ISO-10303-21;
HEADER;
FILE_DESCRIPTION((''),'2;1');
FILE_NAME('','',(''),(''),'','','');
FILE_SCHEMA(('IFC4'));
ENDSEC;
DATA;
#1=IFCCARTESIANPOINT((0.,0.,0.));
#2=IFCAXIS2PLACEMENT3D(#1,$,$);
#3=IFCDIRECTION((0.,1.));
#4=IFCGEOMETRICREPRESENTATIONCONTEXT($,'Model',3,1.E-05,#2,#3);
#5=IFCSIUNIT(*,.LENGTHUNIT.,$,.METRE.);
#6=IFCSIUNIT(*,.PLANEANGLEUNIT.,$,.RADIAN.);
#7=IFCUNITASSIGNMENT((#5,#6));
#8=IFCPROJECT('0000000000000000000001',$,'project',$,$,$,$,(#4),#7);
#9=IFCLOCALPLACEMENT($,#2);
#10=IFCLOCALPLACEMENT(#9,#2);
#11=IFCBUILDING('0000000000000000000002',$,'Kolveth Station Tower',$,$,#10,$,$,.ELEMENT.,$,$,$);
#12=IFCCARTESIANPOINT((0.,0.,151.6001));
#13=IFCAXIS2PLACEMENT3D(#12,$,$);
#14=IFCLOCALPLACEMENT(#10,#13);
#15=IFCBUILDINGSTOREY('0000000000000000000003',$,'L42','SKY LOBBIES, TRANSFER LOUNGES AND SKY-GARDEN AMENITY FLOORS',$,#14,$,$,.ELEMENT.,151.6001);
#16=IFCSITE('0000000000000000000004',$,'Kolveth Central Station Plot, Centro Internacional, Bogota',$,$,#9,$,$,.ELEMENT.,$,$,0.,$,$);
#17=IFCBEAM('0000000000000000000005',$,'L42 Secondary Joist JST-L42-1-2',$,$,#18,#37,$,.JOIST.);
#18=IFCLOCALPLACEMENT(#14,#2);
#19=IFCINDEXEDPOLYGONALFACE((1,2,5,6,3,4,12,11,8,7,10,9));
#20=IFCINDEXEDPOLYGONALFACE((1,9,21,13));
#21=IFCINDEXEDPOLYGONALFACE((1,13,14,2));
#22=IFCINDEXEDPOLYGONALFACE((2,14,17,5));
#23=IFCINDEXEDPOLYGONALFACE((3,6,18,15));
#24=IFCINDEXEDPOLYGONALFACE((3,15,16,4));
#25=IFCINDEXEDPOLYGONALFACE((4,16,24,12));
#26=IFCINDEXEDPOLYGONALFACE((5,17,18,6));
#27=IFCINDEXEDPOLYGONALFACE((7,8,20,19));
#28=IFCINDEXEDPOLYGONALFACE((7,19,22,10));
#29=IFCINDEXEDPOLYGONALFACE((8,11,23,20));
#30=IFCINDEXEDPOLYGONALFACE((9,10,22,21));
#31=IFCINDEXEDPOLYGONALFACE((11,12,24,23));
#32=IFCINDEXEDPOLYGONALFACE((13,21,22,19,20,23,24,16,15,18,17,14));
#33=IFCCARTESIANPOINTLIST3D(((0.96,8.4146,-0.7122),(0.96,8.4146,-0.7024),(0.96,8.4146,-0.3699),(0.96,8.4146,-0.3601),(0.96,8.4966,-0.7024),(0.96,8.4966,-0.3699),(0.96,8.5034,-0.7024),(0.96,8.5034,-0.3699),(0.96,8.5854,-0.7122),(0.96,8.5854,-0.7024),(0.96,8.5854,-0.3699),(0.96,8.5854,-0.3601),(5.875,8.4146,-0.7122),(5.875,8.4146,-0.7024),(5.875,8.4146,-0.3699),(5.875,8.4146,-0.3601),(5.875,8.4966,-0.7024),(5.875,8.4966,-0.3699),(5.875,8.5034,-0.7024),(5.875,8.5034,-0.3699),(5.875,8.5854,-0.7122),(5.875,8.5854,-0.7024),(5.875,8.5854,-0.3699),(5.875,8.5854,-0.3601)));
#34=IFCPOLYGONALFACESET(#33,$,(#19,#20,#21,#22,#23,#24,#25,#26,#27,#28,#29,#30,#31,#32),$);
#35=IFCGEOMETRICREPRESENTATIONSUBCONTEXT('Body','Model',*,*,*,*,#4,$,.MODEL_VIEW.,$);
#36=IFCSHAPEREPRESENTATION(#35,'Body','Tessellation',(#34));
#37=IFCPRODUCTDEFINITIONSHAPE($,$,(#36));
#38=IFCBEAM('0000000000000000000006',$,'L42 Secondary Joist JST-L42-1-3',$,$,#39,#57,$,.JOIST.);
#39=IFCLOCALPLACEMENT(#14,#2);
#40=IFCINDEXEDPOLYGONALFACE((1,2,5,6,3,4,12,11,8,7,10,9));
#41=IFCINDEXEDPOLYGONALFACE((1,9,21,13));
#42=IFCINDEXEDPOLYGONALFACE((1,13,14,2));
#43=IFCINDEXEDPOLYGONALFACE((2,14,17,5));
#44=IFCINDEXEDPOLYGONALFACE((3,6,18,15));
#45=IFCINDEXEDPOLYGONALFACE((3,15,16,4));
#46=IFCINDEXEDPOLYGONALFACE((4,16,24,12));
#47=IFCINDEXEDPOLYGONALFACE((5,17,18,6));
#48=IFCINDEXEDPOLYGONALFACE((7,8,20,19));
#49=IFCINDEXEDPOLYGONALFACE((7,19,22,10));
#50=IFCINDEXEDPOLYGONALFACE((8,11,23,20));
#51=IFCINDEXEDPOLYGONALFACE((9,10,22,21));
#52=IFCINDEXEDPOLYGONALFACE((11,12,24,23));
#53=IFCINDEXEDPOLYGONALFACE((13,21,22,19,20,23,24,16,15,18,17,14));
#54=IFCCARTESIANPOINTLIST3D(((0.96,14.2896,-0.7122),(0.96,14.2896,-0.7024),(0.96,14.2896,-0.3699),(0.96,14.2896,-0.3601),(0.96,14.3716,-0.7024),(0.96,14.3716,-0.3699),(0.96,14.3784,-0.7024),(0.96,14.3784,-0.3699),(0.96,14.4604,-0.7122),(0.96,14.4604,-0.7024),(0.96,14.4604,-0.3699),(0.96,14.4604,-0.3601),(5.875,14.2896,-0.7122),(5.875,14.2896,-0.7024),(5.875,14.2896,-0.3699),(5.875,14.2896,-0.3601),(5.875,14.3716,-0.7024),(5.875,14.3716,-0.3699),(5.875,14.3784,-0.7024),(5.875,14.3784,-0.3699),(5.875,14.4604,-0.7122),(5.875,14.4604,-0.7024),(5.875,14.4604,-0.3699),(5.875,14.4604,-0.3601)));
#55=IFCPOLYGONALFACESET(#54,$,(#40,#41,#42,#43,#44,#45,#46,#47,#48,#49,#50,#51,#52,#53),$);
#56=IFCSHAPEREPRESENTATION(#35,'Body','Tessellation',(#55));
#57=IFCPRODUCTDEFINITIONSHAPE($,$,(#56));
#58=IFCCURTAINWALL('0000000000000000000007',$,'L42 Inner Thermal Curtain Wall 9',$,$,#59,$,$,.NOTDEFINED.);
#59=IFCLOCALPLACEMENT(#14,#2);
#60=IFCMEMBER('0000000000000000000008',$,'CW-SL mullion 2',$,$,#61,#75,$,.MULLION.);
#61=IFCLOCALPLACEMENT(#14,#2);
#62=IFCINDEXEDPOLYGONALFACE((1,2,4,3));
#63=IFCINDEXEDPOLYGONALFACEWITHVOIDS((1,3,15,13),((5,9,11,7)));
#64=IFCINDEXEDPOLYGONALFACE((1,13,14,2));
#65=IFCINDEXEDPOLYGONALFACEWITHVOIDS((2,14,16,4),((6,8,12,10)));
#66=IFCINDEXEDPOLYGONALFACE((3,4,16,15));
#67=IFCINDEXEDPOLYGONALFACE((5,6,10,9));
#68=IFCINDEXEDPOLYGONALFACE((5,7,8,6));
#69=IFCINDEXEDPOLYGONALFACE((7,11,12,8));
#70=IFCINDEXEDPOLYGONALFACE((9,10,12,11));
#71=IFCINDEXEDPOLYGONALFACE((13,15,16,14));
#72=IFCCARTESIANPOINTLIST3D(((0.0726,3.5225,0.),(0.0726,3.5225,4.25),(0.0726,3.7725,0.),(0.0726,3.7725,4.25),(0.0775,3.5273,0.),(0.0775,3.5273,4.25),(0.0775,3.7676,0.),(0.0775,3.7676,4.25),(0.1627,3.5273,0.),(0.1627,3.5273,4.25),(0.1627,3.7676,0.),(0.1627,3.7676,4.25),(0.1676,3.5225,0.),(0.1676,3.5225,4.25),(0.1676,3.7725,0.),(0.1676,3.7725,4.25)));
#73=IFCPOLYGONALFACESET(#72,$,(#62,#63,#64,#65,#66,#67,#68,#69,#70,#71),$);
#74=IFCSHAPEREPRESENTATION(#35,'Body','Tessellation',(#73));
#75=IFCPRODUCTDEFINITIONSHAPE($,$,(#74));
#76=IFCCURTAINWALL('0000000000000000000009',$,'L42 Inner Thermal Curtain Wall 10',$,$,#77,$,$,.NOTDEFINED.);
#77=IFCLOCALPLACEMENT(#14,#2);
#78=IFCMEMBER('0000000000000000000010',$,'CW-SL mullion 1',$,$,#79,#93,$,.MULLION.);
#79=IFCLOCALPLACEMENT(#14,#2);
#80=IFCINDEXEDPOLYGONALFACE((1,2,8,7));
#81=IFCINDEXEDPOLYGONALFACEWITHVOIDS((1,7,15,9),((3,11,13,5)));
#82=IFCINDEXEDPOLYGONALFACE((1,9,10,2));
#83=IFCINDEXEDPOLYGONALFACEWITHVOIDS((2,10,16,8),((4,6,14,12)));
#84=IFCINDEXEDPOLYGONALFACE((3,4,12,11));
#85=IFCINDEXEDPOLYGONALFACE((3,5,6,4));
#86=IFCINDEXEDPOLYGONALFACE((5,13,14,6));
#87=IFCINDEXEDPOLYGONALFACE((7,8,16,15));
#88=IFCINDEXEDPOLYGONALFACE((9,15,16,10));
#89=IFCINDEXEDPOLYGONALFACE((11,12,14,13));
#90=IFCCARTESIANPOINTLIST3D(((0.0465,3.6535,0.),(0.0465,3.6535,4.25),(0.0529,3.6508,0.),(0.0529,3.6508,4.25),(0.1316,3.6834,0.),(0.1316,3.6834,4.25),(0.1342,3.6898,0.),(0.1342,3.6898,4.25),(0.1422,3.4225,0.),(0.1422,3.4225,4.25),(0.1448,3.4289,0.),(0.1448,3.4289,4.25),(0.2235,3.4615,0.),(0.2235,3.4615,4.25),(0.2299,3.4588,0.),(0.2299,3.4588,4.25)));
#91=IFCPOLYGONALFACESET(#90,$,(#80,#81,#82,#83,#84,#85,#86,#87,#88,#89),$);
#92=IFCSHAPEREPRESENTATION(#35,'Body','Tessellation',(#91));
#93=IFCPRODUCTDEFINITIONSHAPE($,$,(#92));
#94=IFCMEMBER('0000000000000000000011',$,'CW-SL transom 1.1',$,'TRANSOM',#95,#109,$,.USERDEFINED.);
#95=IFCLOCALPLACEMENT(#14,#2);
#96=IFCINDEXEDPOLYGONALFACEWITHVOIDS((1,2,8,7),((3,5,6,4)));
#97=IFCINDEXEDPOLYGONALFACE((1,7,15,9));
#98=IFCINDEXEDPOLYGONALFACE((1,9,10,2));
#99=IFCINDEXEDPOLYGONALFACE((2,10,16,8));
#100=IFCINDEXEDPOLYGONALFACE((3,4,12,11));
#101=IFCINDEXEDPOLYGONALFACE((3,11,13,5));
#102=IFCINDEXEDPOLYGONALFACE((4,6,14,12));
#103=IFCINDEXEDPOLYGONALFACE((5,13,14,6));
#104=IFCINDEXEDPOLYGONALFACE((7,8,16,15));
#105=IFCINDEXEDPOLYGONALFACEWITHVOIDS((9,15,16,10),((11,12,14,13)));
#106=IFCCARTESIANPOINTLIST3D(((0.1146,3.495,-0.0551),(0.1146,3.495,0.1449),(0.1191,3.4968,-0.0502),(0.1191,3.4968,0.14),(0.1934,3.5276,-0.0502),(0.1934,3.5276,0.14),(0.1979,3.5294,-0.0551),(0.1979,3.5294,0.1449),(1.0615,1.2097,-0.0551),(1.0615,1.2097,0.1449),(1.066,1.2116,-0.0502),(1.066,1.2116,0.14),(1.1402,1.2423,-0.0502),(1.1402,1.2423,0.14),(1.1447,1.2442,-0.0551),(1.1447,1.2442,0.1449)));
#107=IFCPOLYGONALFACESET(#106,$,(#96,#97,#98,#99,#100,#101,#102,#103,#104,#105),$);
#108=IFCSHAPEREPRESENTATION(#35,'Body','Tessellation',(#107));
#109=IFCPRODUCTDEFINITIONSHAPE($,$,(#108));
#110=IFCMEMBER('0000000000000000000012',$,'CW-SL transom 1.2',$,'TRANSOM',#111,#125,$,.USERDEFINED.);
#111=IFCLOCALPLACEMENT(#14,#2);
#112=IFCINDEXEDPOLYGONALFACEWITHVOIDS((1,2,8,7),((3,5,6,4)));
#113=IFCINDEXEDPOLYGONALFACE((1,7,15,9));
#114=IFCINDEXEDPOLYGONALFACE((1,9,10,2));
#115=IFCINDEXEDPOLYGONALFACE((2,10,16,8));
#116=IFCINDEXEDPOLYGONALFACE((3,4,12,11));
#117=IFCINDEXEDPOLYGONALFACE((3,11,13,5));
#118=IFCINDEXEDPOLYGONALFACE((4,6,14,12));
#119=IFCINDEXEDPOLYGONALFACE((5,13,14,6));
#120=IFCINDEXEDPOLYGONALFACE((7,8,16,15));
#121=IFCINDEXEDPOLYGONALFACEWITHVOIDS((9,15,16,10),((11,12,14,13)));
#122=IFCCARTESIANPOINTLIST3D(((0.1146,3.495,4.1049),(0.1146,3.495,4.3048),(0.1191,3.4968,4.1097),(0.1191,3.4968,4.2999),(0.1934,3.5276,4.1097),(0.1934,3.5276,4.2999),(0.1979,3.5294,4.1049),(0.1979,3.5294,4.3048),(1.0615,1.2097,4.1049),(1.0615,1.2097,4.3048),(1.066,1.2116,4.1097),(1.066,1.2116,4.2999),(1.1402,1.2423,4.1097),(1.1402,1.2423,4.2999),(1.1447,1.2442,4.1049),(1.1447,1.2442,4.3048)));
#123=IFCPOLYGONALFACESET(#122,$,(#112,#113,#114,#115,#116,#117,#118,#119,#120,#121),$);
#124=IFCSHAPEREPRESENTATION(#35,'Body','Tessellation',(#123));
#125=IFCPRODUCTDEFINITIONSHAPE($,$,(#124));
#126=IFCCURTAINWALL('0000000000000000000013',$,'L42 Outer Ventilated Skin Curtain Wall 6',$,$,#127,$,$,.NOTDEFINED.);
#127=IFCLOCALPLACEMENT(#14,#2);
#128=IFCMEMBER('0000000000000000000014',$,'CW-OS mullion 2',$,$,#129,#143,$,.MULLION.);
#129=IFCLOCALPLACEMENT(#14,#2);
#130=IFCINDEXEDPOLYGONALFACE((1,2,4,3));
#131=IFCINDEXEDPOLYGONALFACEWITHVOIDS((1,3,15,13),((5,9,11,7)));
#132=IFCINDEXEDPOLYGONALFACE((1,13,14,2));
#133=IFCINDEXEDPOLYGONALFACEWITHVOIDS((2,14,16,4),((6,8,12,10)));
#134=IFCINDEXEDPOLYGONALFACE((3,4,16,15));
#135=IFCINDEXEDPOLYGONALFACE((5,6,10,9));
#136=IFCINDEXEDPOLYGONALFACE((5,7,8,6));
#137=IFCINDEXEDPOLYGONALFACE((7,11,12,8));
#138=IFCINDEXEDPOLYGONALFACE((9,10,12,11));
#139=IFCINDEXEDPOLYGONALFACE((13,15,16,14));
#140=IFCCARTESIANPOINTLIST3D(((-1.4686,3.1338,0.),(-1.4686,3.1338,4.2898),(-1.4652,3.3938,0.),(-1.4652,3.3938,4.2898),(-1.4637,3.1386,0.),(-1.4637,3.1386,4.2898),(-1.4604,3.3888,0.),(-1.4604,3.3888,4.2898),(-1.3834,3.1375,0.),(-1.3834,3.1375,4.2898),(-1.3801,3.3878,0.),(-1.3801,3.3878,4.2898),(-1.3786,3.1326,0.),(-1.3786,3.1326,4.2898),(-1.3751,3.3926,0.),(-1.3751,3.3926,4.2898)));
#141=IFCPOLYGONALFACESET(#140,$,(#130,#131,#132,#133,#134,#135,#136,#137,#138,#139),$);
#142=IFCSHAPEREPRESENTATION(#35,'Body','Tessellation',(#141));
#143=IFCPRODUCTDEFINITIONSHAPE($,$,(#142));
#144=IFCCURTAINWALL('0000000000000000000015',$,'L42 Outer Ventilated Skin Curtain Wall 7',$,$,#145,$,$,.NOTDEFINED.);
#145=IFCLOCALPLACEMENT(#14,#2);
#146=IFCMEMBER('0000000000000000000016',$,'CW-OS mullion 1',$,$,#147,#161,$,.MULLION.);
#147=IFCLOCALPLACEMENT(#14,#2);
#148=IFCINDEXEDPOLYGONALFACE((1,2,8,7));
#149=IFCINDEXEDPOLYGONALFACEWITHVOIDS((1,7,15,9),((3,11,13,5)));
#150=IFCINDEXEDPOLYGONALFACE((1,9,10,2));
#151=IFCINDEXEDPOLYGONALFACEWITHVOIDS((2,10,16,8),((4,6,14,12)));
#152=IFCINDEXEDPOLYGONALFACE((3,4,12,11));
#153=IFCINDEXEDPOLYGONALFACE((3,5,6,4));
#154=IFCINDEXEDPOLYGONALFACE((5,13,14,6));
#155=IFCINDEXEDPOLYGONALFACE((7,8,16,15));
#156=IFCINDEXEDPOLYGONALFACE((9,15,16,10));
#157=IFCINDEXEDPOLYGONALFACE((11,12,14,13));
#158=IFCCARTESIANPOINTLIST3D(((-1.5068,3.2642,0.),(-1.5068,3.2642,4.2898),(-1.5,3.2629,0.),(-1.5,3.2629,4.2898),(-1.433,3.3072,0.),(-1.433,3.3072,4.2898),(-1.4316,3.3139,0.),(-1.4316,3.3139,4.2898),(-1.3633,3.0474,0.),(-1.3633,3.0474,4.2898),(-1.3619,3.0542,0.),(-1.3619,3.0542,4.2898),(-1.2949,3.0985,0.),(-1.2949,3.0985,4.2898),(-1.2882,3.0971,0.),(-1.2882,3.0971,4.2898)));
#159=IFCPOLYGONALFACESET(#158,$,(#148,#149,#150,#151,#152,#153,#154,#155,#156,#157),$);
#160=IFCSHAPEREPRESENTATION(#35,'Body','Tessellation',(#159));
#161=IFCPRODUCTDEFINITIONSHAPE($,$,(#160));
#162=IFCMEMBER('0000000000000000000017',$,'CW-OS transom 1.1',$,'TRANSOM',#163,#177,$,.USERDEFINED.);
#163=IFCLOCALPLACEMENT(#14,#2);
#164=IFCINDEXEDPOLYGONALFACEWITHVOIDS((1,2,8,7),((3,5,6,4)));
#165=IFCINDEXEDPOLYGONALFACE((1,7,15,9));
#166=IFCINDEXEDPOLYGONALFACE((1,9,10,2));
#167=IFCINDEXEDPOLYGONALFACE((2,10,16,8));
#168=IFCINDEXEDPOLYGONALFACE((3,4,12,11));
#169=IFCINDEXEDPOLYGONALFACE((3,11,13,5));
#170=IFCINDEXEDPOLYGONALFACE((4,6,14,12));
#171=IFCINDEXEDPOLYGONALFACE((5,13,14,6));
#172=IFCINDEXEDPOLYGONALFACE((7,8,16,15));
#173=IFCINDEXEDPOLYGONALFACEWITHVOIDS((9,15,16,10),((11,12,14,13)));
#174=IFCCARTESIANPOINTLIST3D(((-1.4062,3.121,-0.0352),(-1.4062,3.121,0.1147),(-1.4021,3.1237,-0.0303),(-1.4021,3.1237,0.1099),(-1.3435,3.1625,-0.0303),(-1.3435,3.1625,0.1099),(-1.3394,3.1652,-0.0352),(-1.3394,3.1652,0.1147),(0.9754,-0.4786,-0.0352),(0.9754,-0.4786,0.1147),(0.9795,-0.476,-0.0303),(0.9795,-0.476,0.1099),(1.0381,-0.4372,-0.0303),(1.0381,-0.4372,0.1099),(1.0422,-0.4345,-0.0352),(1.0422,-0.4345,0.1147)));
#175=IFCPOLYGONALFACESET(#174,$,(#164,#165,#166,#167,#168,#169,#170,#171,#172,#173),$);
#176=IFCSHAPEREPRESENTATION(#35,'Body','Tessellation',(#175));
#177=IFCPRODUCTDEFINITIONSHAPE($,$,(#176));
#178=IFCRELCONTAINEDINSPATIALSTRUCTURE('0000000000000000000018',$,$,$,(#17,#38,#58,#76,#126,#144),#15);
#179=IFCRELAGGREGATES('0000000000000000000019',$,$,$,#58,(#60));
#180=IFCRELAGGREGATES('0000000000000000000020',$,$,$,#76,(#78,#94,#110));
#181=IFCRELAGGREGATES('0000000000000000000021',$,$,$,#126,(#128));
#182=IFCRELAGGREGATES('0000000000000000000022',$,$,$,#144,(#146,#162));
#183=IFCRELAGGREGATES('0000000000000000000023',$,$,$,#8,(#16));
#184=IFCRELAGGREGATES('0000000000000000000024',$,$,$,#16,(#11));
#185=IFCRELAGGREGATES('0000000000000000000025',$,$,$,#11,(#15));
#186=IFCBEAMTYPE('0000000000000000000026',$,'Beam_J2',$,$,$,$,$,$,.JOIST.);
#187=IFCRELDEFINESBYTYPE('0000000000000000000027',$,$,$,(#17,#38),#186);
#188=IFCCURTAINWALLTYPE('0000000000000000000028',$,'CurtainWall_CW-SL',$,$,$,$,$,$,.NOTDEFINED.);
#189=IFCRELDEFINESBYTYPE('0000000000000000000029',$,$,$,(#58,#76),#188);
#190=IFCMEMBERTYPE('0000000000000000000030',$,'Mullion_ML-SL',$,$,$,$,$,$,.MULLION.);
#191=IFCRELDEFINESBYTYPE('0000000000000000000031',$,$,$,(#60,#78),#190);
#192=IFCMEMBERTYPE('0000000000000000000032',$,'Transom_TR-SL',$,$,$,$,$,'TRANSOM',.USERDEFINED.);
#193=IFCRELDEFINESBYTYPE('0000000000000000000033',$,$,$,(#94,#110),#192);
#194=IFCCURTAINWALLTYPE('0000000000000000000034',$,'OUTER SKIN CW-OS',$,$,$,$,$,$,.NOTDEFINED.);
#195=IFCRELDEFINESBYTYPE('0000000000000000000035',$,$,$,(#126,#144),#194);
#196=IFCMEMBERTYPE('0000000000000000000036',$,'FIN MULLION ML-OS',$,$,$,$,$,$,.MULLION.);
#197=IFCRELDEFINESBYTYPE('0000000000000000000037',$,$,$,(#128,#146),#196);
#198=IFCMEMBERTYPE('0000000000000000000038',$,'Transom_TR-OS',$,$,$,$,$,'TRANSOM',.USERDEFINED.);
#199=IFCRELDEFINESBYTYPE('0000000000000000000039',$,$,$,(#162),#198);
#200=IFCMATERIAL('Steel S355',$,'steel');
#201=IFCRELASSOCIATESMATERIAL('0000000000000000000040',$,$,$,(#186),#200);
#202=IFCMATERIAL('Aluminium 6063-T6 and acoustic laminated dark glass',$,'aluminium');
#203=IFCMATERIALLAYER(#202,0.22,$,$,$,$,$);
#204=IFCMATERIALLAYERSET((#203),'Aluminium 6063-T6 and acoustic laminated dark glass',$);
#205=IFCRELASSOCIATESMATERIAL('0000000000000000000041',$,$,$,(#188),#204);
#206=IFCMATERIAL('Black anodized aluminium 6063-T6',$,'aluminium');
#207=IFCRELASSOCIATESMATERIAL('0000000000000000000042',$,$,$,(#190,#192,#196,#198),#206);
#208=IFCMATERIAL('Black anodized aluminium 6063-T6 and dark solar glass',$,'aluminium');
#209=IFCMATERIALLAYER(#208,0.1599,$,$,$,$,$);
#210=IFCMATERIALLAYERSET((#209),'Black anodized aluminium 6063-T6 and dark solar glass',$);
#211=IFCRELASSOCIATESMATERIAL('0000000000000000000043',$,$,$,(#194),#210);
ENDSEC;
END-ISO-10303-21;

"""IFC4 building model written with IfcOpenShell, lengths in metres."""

from ifc_helpers import new_model, si_unit, direction, frame, origin, origin_2d, place, context, subcontext, project, spatial, hollow_rectangle, i_section, extrude, source, transform, mapped, material, layer, layer_set, material_profile, profile_set, type_object, element, aggregate, save


model = new_model("IFC4")

# Units and contexts
model_context = context("Model", 3, precision=1e-05, world=origin(), true_north=direction((0.0, 1.0)))
body_context = subcontext(model_context, "Body", "Model", "MODEL_VIEW")
ifc_project = project(units=[si_unit("LENGTHUNIT", "METRE"), si_unit("PLANEANGLEUNIT", "RADIAN")], contexts=[model_context])

# Site, building, storey
site_placement = place(None, origin())
site = spatial("IfcSite", under=ifc_project, at=site_placement, Name="Kolveth Central Station Plot, Centro Internacional, Bogota", CompositionType="ELEMENT", RefElevation=0.0)
building_placement = place(site_placement, origin())
building = spatial("IfcBuilding", under=site, at=building_placement, Name="Kolveth Station Tower", CompositionType="ELEMENT")
storey_placement = place(building_placement, frame((0.0, 0.0, 151.6001)))
storey = spatial("IfcBuildingStorey", under=building, at=storey_placement, Name="L42", Description="SKY LOBBIES, TRANSFER LOUNGES AND SKY-GARDEN AMENITY FLOORS", CompositionType="ELEMENT", Elevation=151.6001)

# Shared definitions
ifc_material_1 = material(Name="Steel S355", Category="steel")

# Beams
ifc_material_profile_1 = material_profile(ifc_material_1, i_section(OverallWidth=0.1709, OverallDepth=0.3521, WebThickness=0.0068, FlangeThickness=0.0098, at=origin_2d()), Name="W360x44")
ifc_profile_set_1 = profile_set([ifc_material_profile_1], Name="Steel S355")
beam_type_1 = type_object("IfcBeamType", Name="Beam_J2", PredefinedType="JOIST", material=ifc_profile_set_1)
shared_shape_1 = source(origin(), body_context, "Body", "SweptSolid", [
    extrude(i_section(OverallWidth=0.1709, OverallDepth=0.3521, WebThickness=0.0068, FlangeThickness=0.0098, at=origin_2d()), origin(), (0.0, 0.0, 1.0), 4.915),
])
for number, where, z_axis, x_axis, name in (
    (1, (0.96, 8.5, -0.5361), (1.0, 0.0, 0.0), (0.0, 1.0, 0.0), "L42 Secondary Joist JST-L42-1-2"),
    (2, (0.96, 14.375, -0.5361), (1.0, 0.0, 0.0), (0.0, 1.0, 0.0), "L42 Secondary Joist JST-L42-1-3"),
):
    element("IfcBeam", number, at=place(storey_placement, frame(where, z_axis=z_axis, x_axis=x_axis)), inside=storey, type_object=beam_type_1, Name=name, PredefinedType="JOIST", context=body_context, shape_type="MappedRepresentation", body=[
        mapped(shared_shape_1, transform((0.0, 0.0, 0.0), x_axis=(1.0, 0.0, 0.0), y_axis=(0.0, 1.0, 0.0), z_axis=(0.0, 0.0, 1.0), scale=1.0)),
    ])

# Curtain wall, member
ifc_material_2 = material(Name="Aluminium 6063-T6 and acoustic laminated dark glass", Category="aluminium")
ifc_layer_1 = layer(ifc_material_2, 0.22)
ifc_layer_set_1 = layer_set([ifc_layer_1], Name="Aluminium 6063-T6 and acoustic laminated dark glass")
curtain_wall_type_1 = type_object("IfcCurtainWallType", Name="CurtainWall_CW-SL", PredefinedType="NOTDEFINED", material=ifc_layer_set_1)
curtain_wall_1_placement = place(storey_placement, origin())
curtain_wall_1 = element("IfcCurtainWall", 3, at=curtain_wall_1_placement, inside=storey, type_object=curtain_wall_type_1, Name="L42 Inner Thermal Curtain Wall 9", PredefinedType="NOTDEFINED")
ifc_material_3 = material(Name="Black anodized aluminium 6063-T6", Category="aluminium")
ifc_material_profile_2 = material_profile(ifc_material_3, hollow_rectangle(XDim=0.095, YDim=0.25, WallThickness=0.0049, at=origin_2d()), Name="ALU-95x250x5")
ifc_profile_set_2 = profile_set([ifc_material_profile_2], Name="Black anodized aluminium 6063-T6")
member_type_1 = type_object("IfcMemberType", Name="Mullion_ML-SL", PredefinedType="MULLION", material=ifc_profile_set_2)
shared_shape_2 = source(origin(), body_context, "Body", "SweptSolid", [
    extrude(hollow_rectangle(XDim=0.095, YDim=0.25, WallThickness=0.0049, at=origin_2d()), origin(), (0.0, 0.0, 1.0), 4.25),
])
member_1_placement = place(storey_placement, frame((0.1201, 3.6475, 0.0), z_axis=(0.0, 0.0, 1.0), x_axis=(1.0, 0.0, 0.0)))
member_1 = element("IfcMember", 4, at=member_1_placement, type_object=member_type_1, Name="CW-SL mullion 2", PredefinedType="MULLION", context=body_context, shape_type="MappedRepresentation", body=[
    mapped(shared_shape_2, transform((0.0, 0.0, 0.0), x_axis=(1.0, 0.0, 0.0), y_axis=(0.0, 1.0, 0.0), z_axis=(0.0, 0.0, 1.0), scale=1.0)),
])
aggregate(curtain_wall_1, [member_1])

# Curtain wall, members
curtain_wall_2_placement = place(storey_placement, origin())
curtain_wall_2 = element("IfcCurtainWall", 5, at=curtain_wall_2_placement, inside=storey, type_object=curtain_wall_type_1, Name="L42 Inner Thermal Curtain Wall 10", PredefinedType="NOTDEFINED")
member_2_placement = place(storey_placement, frame((0.1382, 3.5562, 0.0), z_axis=(0.0, 0.0, 1.0), x_axis=(0.923874, 0.382698, 0.0)))
member_2 = element("IfcMember", 6, at=member_2_placement, type_object=member_type_1, Name="CW-SL mullion 1", PredefinedType="MULLION", context=body_context, shape_type="MappedRepresentation", body=[
    mapped(shared_shape_2, transform((0.0, 0.0, 0.0), x_axis=(1.0, 0.0, 0.0), y_axis=(0.0, 1.0, 0.0), z_axis=(0.0, 0.0, 1.0), scale=1.0)),
])
ifc_material_profile_3 = material_profile(ifc_material_3, hollow_rectangle(XDim=0.0901, YDim=0.2, WallThickness=0.0049, at=origin_2d()), Name="ALU-90x200x5")
ifc_profile_set_3 = profile_set([ifc_material_profile_3], Name="Black anodized aluminium 6063-T6")
member_type_2 = type_object("IfcMemberType", Name="Transom_TR-SL", ElementType="TRANSOM", PredefinedType="USERDEFINED", material=ifc_profile_set_3)
shared_shape_3 = source(origin(), body_context, "Body", "SweptSolid", [
    extrude(hollow_rectangle(XDim=0.0901, YDim=0.2, WallThickness=0.0049, at=origin_2d()), origin(), (0.0, 0.0, 1.0), 2.4736),
])
member_3_placement = place(storey_placement, frame((0.1562, 3.5122, 0.0449), z_axis=(0.382764, -0.923846, 0.0), x_axis=(0.923846, 0.382764, 0.0)))
member_3 = element("IfcMember", 7, at=member_3_placement, type_object=member_type_2, Name="CW-SL transom 1.1", ObjectType="TRANSOM", PredefinedType="USERDEFINED", context=body_context, shape_type="MappedRepresentation", body=[
    mapped(shared_shape_3, transform((0.0, 0.0, 0.0), x_axis=(1.0, 0.0, 0.0), y_axis=(0.0, 1.0, 0.0), z_axis=(0.0, 0.0, 1.0), scale=1.0)),
])
member_4_placement = place(storey_placement, frame((0.1562, 3.5122, 4.2048), z_axis=(0.382764, -0.923846, 0.0), x_axis=(0.923846, 0.382764, 0.0)))
member_4 = element("IfcMember", 8, at=member_4_placement, type_object=member_type_2, Name="CW-SL transom 1.2", ObjectType="TRANSOM", PredefinedType="USERDEFINED", context=body_context, shape_type="MappedRepresentation", body=[
    mapped(shared_shape_3, transform((0.0, 0.0, 0.0), x_axis=(1.0, 0.0, 0.0), y_axis=(0.0, 1.0, 0.0), z_axis=(0.0, 0.0, 1.0), scale=1.0)),
])
aggregate(curtain_wall_2, [member_2, member_3, member_4])

# Curtain wall, member
ifc_material_4 = material(Name="Black anodized aluminium 6063-T6 and dark solar glass", Category="aluminium")
ifc_layer_2 = layer(ifc_material_4, 0.1599)
ifc_layer_set_2 = layer_set([ifc_layer_2], Name="Black anodized aluminium 6063-T6 and dark solar glass")
curtain_wall_type_2 = type_object("IfcCurtainWallType", Name="OUTER SKIN CW-OS", PredefinedType="NOTDEFINED", material=ifc_layer_set_2)
curtain_wall_3_placement = place(storey_placement, origin())
curtain_wall_3 = element("IfcCurtainWall", 9, at=curtain_wall_3_placement, inside=storey, type_object=curtain_wall_type_2, Name="L42 Outer Ventilated Skin Curtain Wall 6", PredefinedType="NOTDEFINED")
ifc_material_profile_4 = material_profile(ifc_material_3, hollow_rectangle(XDim=0.0901, YDim=0.26, WallThickness=0.0049, at=origin_2d()), Name="ALU-90x260x5")
ifc_profile_set_4 = profile_set([ifc_material_profile_4], Name="Black anodized aluminium 6063-T6")
member_type_3 = type_object("IfcMemberType", Name="FIN MULLION ML-OS", PredefinedType="MULLION", material=ifc_profile_set_4)
shared_shape_4 = source(origin(), body_context, "Body", "SweptSolid", [
    extrude(hollow_rectangle(XDim=0.0901, YDim=0.26, WallThickness=0.0049, at=origin_2d()), origin(), (0.0, 0.0, 1.0), 4.2898),
])
member_5_placement = place(storey_placement, frame((-1.4219, 3.2632, 0.0), z_axis=(0.0, 0.0, 1.0), x_axis=(0.999912, -0.013245, 0.0)))
member_5 = element("IfcMember", 10, at=member_5_placement, type_object=member_type_3, Name="CW-OS mullion 2", PredefinedType="MULLION", context=body_context, shape_type="MappedRepresentation", body=[
    mapped(shared_shape_4, transform((0.0, 0.0, 0.0), x_axis=(1.0, 0.0, 0.0), y_axis=(0.0, 1.0, 0.0), z_axis=(0.0, 0.0, 1.0), scale=1.0)),
])
aggregate(curtain_wall_3, [member_5])

# Curtain wall, members
curtain_wall_4_placement = place(storey_placement, origin())
curtain_wall_4 = element("IfcCurtainWall", 11, at=curtain_wall_4_placement, inside=storey, type_object=curtain_wall_type_2, Name="L42 Outer Ventilated Skin Curtain Wall 7", PredefinedType="NOTDEFINED")
member_6_placement = place(storey_placement, frame((-1.3975, 3.1807, 0.0), z_axis=(0.0, 0.0, 1.0), x_axis=(0.833996, 0.551771, 0.0)))
member_6 = element("IfcMember", 12, at=member_6_placement, type_object=member_type_3, Name="CW-OS mullion 1", PredefinedType="MULLION", context=body_context, shape_type="MappedRepresentation", body=[
    mapped(shared_shape_4, transform((0.0, 0.0, 0.0), x_axis=(1.0, 0.0, 0.0), y_axis=(0.0, 1.0, 0.0), z_axis=(0.0, 0.0, 1.0), scale=1.0)),
])
ifc_material_profile_5 = material_profile(ifc_material_3, hollow_rectangle(XDim=0.0801, YDim=0.1499, WallThickness=0.0049, at=origin_2d()), Name="ALU-80x150x5")
ifc_profile_set_5 = profile_set([ifc_material_profile_5], Name="Black anodized aluminium 6063-T6")
member_type_4 = type_object("IfcMemberType", Name="Transom_TR-OS", ElementType="TRANSOM", PredefinedType="USERDEFINED", material=ifc_profile_set_5)
shared_shape_5 = source(origin(), body_context, "Body", "SweptSolid", [
    extrude(hollow_rectangle(XDim=0.0801, YDim=0.1499, WallThickness=0.0049, at=origin_2d()), origin(), (0.0, 0.0, 1.0), 4.3162),
])
member_7_placement = place(storey_placement, frame((-1.3728, 3.1431, 0.0398), z_axis=(0.551786, -0.833986, 0.0), x_axis=(0.833986, 0.551786, 0.0)))
member_7 = element("IfcMember", 13, at=member_7_placement, type_object=member_type_4, Name="CW-OS transom 1.1", ObjectType="TRANSOM", PredefinedType="USERDEFINED", context=body_context, shape_type="MappedRepresentation", body=[
    mapped(shared_shape_5, transform((0.0, 0.0, 0.0), x_axis=(1.0, 0.0, 0.0), y_axis=(0.0, 1.0, 0.0), z_axis=(0.0, 0.0, 1.0), scale=1.0)),
])
aggregate(curtain_wall_4, [member_6, member_7])

save(model, "model.ifc")
